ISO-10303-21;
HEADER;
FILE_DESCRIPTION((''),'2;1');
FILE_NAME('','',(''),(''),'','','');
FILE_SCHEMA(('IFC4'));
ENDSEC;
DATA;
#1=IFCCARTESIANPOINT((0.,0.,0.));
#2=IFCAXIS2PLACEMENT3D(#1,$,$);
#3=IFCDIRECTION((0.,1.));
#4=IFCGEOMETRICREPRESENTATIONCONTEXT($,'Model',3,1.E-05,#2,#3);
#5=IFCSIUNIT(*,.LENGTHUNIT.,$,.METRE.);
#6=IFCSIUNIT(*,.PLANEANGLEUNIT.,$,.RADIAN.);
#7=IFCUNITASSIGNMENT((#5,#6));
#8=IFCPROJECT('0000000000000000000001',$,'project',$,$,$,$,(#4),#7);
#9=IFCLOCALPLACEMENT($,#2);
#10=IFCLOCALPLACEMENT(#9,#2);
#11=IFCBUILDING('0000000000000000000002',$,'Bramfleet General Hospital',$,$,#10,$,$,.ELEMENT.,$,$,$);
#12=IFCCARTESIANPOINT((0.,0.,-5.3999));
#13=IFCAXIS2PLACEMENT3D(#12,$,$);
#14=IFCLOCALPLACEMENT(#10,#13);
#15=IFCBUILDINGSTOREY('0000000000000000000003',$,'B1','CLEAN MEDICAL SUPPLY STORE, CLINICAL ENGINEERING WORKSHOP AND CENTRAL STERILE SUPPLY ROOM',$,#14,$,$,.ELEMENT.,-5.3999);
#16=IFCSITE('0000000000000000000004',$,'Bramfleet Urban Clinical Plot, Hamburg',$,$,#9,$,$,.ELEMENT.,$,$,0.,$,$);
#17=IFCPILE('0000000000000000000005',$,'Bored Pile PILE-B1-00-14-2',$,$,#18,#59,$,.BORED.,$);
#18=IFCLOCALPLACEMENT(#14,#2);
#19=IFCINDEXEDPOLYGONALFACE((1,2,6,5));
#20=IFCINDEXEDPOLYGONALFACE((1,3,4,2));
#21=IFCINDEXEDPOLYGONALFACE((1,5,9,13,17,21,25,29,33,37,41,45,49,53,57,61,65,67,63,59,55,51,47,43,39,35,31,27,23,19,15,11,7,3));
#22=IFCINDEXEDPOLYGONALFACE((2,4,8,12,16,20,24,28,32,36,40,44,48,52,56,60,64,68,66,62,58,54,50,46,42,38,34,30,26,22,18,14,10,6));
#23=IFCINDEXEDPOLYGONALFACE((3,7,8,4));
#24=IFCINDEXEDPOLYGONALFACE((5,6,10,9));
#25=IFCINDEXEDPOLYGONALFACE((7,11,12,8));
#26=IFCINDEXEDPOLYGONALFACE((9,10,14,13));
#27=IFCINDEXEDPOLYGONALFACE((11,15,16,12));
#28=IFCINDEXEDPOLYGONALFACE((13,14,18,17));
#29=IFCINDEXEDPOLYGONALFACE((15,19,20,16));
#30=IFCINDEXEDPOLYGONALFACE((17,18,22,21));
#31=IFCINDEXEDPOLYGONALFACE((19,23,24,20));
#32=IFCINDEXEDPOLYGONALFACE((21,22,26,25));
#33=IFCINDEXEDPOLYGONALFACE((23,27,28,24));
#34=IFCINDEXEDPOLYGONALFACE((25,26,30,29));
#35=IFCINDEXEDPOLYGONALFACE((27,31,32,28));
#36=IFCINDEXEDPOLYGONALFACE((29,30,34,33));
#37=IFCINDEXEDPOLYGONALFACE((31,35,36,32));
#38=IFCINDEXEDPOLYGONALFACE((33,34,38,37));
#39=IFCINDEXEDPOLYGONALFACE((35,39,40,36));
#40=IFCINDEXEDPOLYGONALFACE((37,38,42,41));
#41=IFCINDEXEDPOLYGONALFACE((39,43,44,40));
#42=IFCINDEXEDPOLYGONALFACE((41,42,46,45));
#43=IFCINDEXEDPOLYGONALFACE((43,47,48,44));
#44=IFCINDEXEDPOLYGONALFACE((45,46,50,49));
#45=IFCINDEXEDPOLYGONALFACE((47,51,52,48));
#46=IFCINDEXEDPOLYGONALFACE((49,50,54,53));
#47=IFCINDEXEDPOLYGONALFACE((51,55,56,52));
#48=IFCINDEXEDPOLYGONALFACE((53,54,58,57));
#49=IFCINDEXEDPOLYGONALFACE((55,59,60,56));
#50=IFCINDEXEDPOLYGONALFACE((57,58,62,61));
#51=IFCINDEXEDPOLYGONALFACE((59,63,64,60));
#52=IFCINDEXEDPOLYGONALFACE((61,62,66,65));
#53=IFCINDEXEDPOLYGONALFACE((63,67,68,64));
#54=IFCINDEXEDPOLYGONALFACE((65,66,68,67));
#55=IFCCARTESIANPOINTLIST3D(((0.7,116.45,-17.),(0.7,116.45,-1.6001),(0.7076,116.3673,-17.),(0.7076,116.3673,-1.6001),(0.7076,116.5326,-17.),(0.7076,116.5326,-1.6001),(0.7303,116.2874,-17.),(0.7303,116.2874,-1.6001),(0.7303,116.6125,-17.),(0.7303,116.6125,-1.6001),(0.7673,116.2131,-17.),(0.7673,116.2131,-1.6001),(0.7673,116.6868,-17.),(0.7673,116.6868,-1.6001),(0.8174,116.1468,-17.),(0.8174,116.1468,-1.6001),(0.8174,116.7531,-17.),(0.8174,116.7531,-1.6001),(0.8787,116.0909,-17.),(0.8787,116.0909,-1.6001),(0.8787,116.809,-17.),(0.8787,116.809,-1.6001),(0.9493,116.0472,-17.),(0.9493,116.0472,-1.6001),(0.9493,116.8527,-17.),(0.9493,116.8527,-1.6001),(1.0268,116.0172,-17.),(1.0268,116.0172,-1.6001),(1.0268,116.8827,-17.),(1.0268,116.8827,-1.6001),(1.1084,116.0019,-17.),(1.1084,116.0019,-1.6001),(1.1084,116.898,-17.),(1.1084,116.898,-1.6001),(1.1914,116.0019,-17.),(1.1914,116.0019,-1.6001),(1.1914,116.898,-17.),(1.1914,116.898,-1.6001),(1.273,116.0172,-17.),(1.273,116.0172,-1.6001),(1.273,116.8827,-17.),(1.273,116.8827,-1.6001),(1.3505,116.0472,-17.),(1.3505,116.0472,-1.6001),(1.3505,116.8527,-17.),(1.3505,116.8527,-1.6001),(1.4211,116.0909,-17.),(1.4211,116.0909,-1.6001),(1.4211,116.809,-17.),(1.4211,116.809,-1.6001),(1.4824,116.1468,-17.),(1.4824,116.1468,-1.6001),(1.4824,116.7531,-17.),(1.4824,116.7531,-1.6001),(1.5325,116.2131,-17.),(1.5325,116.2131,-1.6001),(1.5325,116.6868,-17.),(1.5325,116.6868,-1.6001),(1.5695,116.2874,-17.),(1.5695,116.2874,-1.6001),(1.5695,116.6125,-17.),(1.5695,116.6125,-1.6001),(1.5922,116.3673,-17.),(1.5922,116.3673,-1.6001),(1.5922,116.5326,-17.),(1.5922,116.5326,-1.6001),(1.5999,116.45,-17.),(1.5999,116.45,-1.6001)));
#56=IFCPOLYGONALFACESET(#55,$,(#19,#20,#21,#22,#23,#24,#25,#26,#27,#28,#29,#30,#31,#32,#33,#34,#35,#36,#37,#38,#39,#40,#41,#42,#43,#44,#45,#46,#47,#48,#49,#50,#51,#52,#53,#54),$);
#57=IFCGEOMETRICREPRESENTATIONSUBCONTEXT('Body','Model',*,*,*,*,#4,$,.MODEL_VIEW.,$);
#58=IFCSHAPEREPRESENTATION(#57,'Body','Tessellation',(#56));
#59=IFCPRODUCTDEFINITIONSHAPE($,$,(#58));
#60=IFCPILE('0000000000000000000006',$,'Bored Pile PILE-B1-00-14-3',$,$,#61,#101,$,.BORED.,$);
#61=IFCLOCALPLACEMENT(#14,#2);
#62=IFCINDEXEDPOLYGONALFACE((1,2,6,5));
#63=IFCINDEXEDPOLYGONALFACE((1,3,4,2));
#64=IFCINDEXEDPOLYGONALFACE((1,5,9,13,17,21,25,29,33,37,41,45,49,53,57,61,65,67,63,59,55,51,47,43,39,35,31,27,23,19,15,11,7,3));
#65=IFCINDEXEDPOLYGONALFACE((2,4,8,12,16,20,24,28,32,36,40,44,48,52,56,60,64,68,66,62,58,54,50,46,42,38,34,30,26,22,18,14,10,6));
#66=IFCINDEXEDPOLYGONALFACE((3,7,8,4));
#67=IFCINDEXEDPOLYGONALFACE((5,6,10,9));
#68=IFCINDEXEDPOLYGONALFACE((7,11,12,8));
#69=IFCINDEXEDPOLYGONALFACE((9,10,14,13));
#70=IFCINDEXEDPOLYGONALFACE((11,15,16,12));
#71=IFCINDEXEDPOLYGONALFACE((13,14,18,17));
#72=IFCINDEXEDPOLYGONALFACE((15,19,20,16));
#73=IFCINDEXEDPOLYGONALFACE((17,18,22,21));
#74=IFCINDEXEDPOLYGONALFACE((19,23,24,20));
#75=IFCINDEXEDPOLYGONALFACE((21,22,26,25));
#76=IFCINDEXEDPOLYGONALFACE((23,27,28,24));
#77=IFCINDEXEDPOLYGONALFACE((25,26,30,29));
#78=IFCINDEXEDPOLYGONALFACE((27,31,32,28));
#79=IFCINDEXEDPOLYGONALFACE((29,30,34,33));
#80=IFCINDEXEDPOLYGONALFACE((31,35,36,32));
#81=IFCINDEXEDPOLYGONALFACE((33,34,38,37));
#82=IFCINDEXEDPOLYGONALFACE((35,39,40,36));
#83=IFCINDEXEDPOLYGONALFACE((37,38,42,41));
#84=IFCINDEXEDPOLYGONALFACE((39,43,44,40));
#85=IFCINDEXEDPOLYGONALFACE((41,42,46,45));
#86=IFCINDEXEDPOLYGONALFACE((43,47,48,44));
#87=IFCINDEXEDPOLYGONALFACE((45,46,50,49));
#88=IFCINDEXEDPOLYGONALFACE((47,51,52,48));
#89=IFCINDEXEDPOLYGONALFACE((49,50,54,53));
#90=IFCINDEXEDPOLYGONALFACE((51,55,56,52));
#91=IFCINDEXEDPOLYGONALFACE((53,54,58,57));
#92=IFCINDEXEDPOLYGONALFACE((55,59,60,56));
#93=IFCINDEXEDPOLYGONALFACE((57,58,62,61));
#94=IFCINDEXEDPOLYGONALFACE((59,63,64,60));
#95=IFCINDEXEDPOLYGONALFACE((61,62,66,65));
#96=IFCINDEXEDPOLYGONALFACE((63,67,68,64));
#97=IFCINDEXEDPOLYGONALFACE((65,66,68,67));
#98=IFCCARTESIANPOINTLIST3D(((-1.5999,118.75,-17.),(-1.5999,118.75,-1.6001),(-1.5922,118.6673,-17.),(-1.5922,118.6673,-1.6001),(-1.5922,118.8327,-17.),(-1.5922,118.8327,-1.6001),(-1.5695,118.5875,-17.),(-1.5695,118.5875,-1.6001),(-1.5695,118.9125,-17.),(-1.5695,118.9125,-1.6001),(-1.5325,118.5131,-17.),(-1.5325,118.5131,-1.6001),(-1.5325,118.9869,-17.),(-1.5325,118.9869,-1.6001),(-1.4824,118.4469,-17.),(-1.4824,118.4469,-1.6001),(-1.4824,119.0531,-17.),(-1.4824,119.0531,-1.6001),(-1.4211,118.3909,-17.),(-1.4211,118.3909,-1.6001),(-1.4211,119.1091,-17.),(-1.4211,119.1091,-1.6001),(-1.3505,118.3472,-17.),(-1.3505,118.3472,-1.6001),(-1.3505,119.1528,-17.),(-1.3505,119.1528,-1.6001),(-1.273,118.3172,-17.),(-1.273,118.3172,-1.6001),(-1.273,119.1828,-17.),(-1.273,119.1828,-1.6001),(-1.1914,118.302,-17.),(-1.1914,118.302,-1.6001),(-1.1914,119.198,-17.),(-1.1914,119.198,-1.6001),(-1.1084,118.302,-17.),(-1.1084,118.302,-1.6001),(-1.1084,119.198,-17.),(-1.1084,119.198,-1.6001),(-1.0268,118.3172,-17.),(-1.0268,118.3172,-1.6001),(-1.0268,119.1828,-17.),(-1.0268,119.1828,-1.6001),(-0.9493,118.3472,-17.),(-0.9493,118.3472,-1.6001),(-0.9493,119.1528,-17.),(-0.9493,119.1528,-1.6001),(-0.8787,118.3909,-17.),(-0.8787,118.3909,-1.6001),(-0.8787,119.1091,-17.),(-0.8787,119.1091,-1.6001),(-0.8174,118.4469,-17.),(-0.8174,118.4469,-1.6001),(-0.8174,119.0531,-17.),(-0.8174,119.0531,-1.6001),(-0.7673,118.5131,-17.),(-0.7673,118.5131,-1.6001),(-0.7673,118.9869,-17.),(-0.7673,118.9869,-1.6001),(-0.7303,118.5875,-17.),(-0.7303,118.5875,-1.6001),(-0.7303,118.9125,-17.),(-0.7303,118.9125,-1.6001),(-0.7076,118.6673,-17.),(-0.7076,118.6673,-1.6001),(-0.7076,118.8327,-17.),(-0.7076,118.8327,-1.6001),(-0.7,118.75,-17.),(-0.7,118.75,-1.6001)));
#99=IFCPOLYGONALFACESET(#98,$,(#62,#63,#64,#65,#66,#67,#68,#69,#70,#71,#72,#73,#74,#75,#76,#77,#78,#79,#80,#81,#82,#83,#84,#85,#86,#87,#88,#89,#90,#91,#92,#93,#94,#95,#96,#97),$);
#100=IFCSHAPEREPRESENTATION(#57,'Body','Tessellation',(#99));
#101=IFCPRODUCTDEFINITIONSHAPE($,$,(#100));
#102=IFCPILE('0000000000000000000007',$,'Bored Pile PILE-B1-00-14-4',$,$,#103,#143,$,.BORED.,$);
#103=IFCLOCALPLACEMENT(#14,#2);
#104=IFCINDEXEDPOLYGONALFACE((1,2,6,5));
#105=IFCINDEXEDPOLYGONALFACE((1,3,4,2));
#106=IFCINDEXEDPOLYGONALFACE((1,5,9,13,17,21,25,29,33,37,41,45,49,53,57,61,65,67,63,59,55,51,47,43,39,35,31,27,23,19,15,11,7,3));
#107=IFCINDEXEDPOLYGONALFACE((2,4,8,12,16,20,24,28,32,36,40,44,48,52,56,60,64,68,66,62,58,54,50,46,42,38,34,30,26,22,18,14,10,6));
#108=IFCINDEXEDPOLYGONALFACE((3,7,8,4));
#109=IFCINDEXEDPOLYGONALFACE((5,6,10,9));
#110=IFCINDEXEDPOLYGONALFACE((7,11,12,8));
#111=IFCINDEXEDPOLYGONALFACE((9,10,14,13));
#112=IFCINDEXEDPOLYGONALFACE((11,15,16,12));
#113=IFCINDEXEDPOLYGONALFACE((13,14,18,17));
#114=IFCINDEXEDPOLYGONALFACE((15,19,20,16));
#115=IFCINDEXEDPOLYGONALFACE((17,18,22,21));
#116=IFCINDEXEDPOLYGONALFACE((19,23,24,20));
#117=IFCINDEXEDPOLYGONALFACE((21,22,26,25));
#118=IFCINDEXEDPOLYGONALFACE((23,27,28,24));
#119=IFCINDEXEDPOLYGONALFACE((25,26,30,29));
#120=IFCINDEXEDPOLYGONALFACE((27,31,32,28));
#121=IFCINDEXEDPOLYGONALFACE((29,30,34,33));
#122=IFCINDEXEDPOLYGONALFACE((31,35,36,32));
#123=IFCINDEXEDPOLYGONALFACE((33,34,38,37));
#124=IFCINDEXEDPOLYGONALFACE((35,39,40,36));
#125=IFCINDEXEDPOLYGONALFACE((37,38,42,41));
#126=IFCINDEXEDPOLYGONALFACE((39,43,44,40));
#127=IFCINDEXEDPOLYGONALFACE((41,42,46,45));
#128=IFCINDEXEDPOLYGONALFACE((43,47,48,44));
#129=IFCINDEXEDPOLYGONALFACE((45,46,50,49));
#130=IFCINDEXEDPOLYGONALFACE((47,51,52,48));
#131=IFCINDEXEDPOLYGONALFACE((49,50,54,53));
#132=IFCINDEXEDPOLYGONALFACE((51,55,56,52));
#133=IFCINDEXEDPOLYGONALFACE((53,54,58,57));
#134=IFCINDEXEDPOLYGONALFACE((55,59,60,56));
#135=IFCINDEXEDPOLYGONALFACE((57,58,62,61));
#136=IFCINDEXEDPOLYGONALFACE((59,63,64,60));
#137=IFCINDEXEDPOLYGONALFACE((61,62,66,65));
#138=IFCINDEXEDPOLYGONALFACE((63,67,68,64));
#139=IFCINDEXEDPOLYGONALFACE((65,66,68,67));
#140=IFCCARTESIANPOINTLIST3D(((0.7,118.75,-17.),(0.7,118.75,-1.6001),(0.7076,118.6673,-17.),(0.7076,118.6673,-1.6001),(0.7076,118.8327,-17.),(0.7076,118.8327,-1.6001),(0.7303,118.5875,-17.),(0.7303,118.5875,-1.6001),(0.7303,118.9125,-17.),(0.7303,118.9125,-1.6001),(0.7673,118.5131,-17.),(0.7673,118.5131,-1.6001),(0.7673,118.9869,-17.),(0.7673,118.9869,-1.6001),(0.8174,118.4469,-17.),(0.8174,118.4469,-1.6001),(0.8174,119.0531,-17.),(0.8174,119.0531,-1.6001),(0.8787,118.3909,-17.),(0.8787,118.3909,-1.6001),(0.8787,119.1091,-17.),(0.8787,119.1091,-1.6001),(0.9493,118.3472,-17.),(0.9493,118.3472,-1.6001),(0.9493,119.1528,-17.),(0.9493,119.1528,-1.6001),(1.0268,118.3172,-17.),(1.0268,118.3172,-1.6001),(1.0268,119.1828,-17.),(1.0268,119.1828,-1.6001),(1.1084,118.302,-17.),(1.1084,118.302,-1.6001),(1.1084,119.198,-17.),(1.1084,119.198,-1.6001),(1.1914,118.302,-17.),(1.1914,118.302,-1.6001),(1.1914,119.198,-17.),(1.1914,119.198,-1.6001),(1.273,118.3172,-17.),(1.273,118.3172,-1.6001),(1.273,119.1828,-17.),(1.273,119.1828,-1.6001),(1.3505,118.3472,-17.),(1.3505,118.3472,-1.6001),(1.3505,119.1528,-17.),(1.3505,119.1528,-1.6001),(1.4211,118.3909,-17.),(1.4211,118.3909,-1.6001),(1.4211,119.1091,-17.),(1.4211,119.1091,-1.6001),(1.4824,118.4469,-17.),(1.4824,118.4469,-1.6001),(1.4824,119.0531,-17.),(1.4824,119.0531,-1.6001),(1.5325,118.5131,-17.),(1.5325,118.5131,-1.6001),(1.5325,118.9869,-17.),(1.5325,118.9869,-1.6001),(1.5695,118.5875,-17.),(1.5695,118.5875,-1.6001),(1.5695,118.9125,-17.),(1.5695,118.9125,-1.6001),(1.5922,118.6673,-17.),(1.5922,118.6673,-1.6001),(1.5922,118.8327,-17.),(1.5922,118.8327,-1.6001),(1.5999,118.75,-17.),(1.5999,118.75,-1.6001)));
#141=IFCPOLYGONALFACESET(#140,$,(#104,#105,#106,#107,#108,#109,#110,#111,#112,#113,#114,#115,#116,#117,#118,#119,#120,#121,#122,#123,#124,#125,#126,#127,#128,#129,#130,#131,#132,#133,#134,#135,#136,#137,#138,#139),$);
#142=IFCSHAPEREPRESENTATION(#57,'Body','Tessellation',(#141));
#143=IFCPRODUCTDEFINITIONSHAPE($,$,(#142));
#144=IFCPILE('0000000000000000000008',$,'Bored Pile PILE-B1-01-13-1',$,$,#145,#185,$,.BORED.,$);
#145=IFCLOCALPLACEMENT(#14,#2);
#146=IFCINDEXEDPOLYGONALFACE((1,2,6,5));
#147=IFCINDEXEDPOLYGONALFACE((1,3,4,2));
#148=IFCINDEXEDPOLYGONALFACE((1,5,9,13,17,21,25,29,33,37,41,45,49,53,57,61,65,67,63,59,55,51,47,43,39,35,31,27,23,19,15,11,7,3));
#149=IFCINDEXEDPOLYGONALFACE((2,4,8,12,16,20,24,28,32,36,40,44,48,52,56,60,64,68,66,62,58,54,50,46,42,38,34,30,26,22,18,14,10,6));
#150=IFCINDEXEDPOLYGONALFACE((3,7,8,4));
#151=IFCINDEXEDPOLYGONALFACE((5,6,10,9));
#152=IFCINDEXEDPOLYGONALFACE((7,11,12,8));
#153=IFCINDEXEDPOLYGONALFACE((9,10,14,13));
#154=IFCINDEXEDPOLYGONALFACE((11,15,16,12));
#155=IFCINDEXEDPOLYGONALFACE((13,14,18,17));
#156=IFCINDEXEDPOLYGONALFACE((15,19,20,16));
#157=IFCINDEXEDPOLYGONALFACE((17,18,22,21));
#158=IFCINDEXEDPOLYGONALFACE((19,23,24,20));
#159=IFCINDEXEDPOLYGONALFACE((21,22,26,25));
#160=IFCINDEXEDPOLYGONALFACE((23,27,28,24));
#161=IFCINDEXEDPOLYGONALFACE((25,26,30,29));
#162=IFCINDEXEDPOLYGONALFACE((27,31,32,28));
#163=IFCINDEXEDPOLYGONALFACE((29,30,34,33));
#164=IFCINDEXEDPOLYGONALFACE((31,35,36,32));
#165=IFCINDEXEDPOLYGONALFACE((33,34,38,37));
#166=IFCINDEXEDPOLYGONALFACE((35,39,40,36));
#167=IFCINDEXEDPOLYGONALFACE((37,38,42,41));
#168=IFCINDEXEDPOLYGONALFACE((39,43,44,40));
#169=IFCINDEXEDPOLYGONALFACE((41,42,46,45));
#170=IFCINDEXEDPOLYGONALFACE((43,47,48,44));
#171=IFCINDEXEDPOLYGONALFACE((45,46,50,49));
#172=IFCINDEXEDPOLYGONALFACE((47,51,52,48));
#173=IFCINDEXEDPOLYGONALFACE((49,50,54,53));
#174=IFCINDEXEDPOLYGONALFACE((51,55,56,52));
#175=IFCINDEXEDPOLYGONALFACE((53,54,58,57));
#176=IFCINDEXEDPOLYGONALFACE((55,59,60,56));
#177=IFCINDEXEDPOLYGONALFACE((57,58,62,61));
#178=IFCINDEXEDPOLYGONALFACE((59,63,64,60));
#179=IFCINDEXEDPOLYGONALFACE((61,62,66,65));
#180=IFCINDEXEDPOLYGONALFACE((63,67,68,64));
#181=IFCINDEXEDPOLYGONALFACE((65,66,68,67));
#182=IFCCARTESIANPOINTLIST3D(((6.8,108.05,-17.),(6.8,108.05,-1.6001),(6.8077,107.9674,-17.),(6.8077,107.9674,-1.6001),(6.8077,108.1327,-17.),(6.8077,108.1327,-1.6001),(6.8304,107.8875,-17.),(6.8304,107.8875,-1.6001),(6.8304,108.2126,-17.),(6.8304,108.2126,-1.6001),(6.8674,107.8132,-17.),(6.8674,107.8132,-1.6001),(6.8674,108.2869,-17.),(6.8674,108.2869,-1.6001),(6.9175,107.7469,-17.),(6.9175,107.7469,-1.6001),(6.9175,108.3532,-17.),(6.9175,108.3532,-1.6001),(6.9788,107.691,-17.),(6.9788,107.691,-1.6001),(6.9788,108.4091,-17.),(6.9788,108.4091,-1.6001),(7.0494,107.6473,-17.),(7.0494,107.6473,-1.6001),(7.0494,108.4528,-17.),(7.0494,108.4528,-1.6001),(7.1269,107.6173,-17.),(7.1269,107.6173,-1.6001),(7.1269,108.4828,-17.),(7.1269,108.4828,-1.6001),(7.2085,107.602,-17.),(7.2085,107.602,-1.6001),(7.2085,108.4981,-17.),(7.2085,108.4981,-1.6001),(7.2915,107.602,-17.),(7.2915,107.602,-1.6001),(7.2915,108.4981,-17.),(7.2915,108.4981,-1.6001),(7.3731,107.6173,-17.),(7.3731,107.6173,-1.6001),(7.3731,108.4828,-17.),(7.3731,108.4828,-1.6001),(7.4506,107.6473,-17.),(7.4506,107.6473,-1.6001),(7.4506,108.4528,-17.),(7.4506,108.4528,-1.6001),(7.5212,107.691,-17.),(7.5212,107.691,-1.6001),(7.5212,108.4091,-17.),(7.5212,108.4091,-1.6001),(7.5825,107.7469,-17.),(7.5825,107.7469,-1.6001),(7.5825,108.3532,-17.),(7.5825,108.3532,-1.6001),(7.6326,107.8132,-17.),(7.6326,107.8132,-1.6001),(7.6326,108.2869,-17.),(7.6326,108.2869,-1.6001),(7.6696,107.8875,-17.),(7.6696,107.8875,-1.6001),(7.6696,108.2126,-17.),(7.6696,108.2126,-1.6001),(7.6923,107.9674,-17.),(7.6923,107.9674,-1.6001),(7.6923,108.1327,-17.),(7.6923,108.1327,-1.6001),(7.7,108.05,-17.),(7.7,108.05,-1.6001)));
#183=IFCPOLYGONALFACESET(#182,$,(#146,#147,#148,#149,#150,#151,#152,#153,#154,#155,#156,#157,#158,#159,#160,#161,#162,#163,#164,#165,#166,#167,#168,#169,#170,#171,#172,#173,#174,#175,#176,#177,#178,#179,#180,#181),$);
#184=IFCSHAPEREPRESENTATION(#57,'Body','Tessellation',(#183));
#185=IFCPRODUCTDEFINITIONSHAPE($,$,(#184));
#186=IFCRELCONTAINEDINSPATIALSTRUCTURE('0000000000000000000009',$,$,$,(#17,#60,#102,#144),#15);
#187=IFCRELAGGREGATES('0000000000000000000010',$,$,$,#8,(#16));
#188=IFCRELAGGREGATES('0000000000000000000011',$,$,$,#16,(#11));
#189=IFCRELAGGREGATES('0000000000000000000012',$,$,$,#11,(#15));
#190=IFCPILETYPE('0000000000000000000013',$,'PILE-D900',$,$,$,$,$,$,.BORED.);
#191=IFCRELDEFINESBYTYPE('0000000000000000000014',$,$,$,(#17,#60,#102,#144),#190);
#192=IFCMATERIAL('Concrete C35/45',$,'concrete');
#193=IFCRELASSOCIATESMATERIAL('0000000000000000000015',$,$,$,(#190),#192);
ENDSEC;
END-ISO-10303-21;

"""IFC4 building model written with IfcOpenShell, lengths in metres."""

from ifc_helpers import new_model, si_unit, direction, frame, origin, origin_2d, place, context, subcontext, project, spatial, circle, extrude, material, material_profile, profile_set, type_object, element, save


model = new_model("IFC4")

# Units and contexts
model_context = context("Model", 3, precision=1e-05, world=origin(), true_north=direction((0.0, 1.0)))
body_context = subcontext(model_context, "Body", "Model", "MODEL_VIEW")
ifc_project = project(units=[si_unit("LENGTHUNIT", "METRE"), si_unit("PLANEANGLEUNIT", "RADIAN")], contexts=[model_context])

# Site, building, storey
site_placement = place(None, origin())
site = spatial("IfcSite", under=ifc_project, at=site_placement, Name="Bramfleet Urban Clinical Plot, Hamburg", CompositionType="ELEMENT", RefElevation=0.0)
building_placement = place(site_placement, origin())
building = spatial("IfcBuilding", under=site, at=building_placement, Name="Bramfleet General Hospital", CompositionType="ELEMENT")
storey_placement = place(building_placement, frame((0.0, 0.0, -5.3999)))
storey = spatial("IfcBuildingStorey", under=building, at=storey_placement, Name="B1", Description="CLEAN MEDICAL SUPPLY STORE, CLINICAL ENGINEERING WORKSHOP AND CENTRAL STERILE SUPPLY ROOM", CompositionType="ELEMENT", Elevation=-5.3999)

# Shared definitions
ifc_material_1 = material(Name="Concrete C35/45", Category="concrete")

# Piles
ifc_material_profile_1 = material_profile(ifc_material_1, circle(Radius=0.45, at=origin_2d()), Name="PILE BORED D900")
ifc_profile_set_1 = profile_set([ifc_material_profile_1], Name="Concrete C35/45")
pile_type = type_object("IfcPileType", Name="PILE-D900", PredefinedType="BORED", material=ifc_profile_set_1)
for number, where, z_axis, x_axis, name in (
    (1, (1.1499, 116.45, -1.6001), (0.0, 0.0, -1.0), (1.0, 0.0, 0.0), "Bored Pile PILE-B1-00-14-2"),
    (2, (-1.1499, 118.75, -1.6001), (0.0, 0.0, -1.0), (1.0, 0.0, 0.0), "Bored Pile PILE-B1-00-14-3"),
    (3, (1.1499, 118.75, -1.6001), (0.0, 0.0, -1.0), (1.0, 0.0, 0.0), "Bored Pile PILE-B1-00-14-4"),
    (4, (7.25, 108.05, -1.6001), (0.0, 0.0, -1.0), (1.0, 0.0, 0.0), "Bored Pile PILE-B1-01-13-1"),
):
    element("IfcPile", number, at=place(storey_placement, frame(where, z_axis=z_axis, x_axis=x_axis)), inside=storey, type_object=pile_type, Name=name, PredefinedType="BORED", context=body_context, shape_type="SweptSolid", body=[
        extrude(circle(Radius=0.45, at=origin_2d()), origin(), (0.0, 0.0, 1.0), 15.3999),
    ])

save(model, "model.ifc")
